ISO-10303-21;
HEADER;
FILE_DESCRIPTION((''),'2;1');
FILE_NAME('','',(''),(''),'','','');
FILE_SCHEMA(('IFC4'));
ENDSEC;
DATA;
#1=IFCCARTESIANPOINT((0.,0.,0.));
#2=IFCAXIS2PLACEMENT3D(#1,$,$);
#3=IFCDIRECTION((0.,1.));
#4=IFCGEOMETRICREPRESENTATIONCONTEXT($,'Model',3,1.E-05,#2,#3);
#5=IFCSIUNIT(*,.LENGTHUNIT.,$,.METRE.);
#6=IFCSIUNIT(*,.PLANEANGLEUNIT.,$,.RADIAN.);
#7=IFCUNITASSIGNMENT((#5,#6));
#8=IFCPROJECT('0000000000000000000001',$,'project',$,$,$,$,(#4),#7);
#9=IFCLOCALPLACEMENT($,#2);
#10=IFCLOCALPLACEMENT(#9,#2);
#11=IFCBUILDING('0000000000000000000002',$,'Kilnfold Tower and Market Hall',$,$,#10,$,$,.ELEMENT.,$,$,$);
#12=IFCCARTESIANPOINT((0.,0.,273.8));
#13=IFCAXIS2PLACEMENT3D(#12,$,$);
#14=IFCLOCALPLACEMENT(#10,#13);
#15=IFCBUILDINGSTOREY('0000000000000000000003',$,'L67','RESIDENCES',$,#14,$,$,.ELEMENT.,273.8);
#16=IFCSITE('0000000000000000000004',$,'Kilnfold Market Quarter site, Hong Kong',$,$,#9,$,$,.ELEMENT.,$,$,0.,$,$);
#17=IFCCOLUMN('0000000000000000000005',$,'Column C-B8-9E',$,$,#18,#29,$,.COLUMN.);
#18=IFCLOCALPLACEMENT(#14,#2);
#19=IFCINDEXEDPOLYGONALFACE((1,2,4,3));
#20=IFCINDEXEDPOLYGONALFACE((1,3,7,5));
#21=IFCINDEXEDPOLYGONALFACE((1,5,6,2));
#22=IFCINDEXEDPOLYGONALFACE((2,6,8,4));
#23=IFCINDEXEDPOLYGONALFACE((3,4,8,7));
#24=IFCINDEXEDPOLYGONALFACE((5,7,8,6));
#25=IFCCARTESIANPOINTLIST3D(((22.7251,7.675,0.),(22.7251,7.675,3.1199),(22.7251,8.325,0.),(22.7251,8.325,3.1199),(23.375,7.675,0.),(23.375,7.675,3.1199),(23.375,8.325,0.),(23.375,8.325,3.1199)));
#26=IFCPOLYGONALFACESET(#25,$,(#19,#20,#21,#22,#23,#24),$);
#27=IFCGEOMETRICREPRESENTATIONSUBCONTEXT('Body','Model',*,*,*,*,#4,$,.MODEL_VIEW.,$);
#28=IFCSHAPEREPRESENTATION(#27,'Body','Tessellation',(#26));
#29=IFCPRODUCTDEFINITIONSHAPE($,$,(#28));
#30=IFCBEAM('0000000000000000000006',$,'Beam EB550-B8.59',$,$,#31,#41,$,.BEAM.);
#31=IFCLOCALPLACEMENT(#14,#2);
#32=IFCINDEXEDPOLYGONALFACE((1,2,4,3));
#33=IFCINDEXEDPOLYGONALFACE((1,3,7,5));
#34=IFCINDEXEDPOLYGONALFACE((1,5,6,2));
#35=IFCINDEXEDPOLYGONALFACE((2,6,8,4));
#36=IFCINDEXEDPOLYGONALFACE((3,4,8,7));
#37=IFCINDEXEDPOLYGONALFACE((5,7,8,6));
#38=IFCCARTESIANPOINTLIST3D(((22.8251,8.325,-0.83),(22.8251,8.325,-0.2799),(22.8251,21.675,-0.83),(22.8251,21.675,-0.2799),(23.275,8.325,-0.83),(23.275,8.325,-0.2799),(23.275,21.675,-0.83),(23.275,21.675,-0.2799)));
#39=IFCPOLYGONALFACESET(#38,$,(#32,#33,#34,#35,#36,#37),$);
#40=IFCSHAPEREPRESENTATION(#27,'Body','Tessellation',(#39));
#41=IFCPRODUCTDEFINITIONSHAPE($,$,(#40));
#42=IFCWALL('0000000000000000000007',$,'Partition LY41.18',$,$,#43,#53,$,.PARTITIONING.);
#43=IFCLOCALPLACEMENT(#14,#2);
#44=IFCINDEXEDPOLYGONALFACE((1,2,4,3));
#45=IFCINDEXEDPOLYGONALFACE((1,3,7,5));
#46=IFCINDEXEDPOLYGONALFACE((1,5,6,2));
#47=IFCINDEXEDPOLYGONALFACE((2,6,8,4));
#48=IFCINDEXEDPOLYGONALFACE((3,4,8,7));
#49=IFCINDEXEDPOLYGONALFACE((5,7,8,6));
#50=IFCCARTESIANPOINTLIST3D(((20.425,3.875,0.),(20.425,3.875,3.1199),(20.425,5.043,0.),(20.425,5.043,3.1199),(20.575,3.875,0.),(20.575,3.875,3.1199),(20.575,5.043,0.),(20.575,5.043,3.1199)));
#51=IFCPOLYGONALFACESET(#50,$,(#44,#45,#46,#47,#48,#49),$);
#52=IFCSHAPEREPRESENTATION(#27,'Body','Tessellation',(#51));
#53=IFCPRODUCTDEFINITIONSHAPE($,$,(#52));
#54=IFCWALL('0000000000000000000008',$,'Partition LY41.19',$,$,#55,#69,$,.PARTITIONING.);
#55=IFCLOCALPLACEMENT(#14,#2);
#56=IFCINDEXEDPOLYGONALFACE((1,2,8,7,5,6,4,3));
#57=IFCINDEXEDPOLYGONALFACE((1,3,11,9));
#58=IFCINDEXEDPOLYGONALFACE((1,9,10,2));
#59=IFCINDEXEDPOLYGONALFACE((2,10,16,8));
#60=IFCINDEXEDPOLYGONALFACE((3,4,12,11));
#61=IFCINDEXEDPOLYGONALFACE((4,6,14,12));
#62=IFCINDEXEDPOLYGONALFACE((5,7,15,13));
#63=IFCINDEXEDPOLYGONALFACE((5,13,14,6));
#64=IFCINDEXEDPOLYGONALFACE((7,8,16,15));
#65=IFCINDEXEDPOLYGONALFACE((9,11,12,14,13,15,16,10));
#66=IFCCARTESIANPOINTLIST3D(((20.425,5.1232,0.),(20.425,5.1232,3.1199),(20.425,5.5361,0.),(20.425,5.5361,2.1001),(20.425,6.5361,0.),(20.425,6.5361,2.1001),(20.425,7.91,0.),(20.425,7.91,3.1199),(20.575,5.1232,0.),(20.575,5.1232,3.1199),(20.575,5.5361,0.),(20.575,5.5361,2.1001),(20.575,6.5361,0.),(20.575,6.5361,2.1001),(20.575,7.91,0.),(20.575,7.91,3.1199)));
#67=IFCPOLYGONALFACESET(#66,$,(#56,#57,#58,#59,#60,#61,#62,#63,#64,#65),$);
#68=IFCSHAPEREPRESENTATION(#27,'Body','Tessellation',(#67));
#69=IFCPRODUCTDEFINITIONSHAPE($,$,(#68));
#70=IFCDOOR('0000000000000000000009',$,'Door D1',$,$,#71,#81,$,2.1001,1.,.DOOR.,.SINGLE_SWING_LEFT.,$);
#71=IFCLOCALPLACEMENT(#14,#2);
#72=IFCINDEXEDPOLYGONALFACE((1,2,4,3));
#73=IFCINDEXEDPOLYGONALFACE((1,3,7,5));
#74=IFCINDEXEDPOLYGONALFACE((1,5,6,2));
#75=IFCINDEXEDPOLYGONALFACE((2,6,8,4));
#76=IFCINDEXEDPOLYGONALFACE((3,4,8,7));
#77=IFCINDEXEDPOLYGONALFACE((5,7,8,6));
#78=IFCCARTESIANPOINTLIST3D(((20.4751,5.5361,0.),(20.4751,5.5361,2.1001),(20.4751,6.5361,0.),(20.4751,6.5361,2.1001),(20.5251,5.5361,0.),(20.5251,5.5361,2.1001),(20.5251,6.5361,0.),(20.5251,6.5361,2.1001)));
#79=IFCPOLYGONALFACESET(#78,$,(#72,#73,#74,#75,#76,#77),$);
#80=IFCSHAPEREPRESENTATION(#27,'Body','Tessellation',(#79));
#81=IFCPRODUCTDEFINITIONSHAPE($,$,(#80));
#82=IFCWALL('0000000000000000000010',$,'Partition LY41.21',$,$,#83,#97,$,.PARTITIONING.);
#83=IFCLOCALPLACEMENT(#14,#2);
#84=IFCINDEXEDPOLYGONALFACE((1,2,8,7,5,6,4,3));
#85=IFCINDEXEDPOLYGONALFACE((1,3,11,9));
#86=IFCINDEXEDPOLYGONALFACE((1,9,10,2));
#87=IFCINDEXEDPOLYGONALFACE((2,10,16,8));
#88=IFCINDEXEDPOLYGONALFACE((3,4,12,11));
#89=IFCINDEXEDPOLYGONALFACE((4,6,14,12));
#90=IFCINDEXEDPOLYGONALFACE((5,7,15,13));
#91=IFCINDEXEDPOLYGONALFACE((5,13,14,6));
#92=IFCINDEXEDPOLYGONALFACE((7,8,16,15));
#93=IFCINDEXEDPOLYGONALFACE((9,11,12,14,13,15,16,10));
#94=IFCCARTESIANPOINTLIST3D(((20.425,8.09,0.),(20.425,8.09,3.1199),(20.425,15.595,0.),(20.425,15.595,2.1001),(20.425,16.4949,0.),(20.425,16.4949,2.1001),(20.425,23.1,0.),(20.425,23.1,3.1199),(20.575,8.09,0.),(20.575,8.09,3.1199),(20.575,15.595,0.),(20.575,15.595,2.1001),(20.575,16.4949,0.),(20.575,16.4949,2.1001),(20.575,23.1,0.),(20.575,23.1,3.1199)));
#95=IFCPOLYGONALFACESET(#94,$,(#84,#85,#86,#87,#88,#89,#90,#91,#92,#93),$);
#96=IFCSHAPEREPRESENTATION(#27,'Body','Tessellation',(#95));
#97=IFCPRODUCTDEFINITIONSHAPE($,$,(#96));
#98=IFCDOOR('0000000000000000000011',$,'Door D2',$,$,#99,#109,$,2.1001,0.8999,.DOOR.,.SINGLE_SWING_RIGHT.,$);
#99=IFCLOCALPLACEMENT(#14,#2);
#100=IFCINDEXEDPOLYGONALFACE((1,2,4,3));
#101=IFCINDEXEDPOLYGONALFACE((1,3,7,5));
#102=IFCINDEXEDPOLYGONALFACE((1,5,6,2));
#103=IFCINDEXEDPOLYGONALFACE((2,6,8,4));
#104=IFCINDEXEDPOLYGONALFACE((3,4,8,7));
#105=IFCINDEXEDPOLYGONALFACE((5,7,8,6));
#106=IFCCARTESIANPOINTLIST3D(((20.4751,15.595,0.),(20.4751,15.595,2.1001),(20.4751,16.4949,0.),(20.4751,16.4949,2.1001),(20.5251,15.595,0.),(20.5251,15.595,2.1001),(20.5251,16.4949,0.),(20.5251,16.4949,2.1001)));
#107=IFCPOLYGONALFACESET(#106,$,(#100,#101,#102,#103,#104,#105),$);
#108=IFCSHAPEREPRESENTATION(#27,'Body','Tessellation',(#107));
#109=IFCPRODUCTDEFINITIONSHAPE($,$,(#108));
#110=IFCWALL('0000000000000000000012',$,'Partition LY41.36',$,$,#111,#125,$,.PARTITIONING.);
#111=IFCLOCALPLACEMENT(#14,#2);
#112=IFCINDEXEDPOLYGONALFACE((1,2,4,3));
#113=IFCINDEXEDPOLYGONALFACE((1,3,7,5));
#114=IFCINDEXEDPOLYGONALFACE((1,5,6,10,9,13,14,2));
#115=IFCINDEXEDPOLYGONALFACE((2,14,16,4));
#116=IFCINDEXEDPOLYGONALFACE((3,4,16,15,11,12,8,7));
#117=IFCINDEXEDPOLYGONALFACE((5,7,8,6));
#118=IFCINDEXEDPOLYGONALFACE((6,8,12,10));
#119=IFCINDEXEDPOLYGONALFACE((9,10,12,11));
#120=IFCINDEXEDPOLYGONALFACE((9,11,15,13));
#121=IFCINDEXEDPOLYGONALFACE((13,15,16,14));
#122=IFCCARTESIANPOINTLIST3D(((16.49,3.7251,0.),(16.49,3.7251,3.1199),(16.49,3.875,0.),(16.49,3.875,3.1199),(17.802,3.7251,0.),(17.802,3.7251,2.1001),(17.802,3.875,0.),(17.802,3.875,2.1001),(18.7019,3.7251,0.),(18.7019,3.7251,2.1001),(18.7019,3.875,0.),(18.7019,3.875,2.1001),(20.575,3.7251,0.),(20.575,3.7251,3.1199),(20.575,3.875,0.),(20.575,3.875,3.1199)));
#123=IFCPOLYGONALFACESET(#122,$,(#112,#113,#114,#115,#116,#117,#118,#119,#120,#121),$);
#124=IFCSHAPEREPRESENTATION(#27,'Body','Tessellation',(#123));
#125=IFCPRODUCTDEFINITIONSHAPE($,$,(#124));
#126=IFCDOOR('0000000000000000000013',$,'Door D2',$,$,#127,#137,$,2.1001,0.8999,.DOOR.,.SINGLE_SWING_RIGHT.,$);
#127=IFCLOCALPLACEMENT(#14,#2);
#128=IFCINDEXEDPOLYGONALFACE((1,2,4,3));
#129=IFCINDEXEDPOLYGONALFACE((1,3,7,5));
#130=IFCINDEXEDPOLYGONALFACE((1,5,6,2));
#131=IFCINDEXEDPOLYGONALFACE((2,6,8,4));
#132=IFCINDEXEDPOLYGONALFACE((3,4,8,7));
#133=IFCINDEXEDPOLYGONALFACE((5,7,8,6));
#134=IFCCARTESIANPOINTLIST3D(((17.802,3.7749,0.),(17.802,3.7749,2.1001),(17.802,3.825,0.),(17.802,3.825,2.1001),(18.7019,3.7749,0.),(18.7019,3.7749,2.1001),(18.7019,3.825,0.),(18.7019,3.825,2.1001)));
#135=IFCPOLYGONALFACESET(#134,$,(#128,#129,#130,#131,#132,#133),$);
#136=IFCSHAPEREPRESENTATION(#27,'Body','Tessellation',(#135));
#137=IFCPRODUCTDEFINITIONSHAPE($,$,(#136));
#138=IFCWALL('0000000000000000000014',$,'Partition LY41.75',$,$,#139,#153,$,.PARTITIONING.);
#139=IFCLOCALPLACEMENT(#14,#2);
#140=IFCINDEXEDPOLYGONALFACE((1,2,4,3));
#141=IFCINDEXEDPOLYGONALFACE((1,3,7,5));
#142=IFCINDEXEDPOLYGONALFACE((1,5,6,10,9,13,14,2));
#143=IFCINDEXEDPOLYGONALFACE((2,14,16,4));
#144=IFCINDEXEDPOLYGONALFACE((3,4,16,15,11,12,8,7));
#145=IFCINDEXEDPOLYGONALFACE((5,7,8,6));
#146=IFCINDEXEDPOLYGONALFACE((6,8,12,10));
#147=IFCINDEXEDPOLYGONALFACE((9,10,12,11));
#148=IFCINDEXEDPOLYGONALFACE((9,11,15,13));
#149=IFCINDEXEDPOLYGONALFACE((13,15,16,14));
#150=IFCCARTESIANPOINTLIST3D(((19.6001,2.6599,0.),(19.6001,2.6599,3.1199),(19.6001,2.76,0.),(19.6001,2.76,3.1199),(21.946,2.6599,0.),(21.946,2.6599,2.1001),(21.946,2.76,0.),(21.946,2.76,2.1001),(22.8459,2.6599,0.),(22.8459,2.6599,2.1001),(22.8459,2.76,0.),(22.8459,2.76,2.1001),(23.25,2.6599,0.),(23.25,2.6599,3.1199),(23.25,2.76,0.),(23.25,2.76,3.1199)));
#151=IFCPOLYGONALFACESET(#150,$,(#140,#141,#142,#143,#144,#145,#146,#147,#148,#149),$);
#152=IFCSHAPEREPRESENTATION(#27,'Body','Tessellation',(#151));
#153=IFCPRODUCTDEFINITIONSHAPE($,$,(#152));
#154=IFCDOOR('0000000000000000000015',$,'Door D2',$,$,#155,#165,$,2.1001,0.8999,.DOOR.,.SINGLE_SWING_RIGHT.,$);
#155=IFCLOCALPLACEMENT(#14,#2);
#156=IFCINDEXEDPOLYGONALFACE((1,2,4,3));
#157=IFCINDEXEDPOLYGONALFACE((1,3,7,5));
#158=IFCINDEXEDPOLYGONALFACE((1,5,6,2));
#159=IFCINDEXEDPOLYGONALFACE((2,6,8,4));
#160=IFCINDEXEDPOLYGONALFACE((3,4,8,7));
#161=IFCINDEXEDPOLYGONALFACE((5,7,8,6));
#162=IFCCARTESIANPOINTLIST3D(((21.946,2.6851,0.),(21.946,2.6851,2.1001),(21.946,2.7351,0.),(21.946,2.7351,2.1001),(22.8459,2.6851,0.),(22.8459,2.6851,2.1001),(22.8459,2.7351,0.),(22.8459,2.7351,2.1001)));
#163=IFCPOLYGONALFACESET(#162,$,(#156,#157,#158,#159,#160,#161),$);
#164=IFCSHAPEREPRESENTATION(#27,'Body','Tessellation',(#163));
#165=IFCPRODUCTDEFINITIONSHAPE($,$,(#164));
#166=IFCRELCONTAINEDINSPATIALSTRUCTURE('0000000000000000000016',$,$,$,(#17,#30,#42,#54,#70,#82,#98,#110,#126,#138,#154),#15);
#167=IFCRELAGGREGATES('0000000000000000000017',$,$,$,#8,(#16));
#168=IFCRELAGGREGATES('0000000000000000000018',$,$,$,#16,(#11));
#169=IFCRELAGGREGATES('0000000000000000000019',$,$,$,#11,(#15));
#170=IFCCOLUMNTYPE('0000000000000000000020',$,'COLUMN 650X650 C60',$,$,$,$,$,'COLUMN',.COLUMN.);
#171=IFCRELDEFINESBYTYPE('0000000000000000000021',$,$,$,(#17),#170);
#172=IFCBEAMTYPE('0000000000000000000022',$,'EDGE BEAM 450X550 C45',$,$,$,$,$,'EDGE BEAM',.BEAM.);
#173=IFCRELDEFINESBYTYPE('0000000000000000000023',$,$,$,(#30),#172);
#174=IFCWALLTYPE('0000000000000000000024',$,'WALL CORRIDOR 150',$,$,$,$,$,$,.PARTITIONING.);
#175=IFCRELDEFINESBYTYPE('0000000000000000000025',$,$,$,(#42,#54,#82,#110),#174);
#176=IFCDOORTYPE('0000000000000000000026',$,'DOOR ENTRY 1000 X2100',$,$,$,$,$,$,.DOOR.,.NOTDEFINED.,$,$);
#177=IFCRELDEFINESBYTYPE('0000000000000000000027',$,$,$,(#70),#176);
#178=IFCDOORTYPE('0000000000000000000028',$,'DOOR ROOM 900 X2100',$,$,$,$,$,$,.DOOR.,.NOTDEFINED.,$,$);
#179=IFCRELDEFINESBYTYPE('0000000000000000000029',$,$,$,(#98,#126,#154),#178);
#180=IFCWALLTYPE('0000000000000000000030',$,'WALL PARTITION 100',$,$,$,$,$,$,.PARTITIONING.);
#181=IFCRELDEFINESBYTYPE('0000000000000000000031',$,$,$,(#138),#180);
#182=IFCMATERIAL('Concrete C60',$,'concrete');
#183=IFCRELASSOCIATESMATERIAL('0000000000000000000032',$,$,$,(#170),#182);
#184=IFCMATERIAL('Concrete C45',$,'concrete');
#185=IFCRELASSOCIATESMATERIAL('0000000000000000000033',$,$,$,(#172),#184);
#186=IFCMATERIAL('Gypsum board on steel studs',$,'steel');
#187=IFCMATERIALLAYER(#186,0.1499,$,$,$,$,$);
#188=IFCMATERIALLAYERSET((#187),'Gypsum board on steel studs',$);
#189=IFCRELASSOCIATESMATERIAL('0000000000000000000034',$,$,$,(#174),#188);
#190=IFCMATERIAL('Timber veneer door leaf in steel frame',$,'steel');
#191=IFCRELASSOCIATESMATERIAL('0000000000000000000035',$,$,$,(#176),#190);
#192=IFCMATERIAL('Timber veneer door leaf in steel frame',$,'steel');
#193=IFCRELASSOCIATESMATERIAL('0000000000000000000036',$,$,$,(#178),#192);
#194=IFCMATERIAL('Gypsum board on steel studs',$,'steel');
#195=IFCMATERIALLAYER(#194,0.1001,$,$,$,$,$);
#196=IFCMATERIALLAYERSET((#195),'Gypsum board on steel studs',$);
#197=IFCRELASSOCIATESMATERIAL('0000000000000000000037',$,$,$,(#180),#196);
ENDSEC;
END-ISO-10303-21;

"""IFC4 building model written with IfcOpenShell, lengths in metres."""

from ifc_helpers import new_model, si_unit, direction, frame, frame_2d, origin, origin_2d, place, context, subcontext, project, spatial, rectangle, extrude, source, transform, mapped, material, layer, layer_set, material_profile, profile_set, type_object, element, fill, save


model = new_model("IFC4")

# Units and contexts
model_context = context("Model", 3, precision=1e-05, world=origin(), true_north=direction((0.0, 1.0)))
body_context = subcontext(model_context, "Body", "Model", "MODEL_VIEW")
ifc_project = project(units=[si_unit("LENGTHUNIT", "METRE"), si_unit("PLANEANGLEUNIT", "RADIAN")], contexts=[model_context])

# Site, building, storey
site_placement = place(None, origin())
site = spatial("IfcSite", under=ifc_project, at=site_placement, Name="Kilnfold Market Quarter site, Hong Kong", CompositionType="ELEMENT", RefElevation=0.0)
building_placement = place(site_placement, origin())
building = spatial("IfcBuilding", under=site, at=building_placement, Name="Kilnfold Tower and Market Hall", CompositionType="ELEMENT")
storey_placement = place(building_placement, frame((0.0, 0.0, 273.8)))
storey = spatial("IfcBuildingStorey", under=building, at=storey_placement, Name="L67", Description="RESIDENCES", CompositionType="ELEMENT", Elevation=273.8)

# Column
ifc_material_1 = material(Name="Concrete C60", Category="concrete")
ifc_material_profile_1 = material_profile(ifc_material_1, rectangle(XDim=0.6499, YDim=0.6499, at=origin_2d()), Name="RC 650x650")
ifc_profile_set_1 = profile_set([ifc_material_profile_1], Name="Concrete C60")
column_type = type_object("IfcColumnType", Name="COLUMN 650X650 C60", ElementType="COLUMN", PredefinedType="COLUMN", material=ifc_profile_set_1)
shared_shape_1 = source(origin(), body_context, "Body", "SweptSolid", [
    extrude(rectangle(XDim=0.6499, YDim=0.6499, at=origin_2d()), origin(), (0.0, 0.0, 1.0), 3.1199),
])
column_placement = place(storey_placement, frame((23.05, 8.0, 0.0), z_axis=(0.0, 0.0, 1.0), x_axis=(1.0, 0.0, 0.0)))
element("IfcColumn", 1, at=column_placement, inside=storey, type_object=column_type, Name="Column C-B8-9E", PredefinedType="COLUMN", context=body_context, shape_type="MappedRepresentation", body=[
    mapped(shared_shape_1, transform((0.0, 0.0, 0.0))),
])

# Beam
ifc_material_2 = material(Name="Concrete C45", Category="concrete")
ifc_material_profile_2 = material_profile(ifc_material_2, rectangle(XDim=0.45, YDim=0.55, at=origin_2d()), Name="RC 450x550")
ifc_profile_set_2 = profile_set([ifc_material_profile_2], Name="Concrete C45")
beam_type = type_object("IfcBeamType", Name="EDGE BEAM 450X550 C45", ElementType="EDGE BEAM", PredefinedType="BEAM", material=ifc_profile_set_2)
shared_shape_2 = source(origin(), body_context, "Body", "SweptSolid", [
    extrude(rectangle(XDim=0.45, YDim=0.55, at=origin_2d()), origin(), (0.0, 0.0, 1.0), 13.3501),
])
beam_placement = place(storey_placement, frame((23.05, 8.325, -0.5549), z_axis=(0.0, 1.0, 0.0), x_axis=(-1.0, 0.0, 0.0)))
element("IfcBeam", 2, at=beam_placement, inside=storey, type_object=beam_type, Name="Beam EB550-B8.59", PredefinedType="BEAM", context=body_context, shape_type="MappedRepresentation", body=[
    mapped(shared_shape_2, transform((0.0, 0.0, 0.0))),
])

# Wall
ifc_material_3 = material(Name="Gypsum board on steel studs", Category="steel")
ifc_layer_1 = layer(ifc_material_3, 0.1499)
ifc_layer_set_1 = layer_set([ifc_layer_1], Name="Gypsum board on steel studs")
wall_type_1 = type_object("IfcWallType", Name="WALL CORRIDOR 150", PredefinedType="PARTITIONING", material=ifc_layer_set_1)
wall_1_placement = place(storey_placement, frame((20.5, 3.875, 0.0), z_axis=(0.0, 0.0, 1.0), x_axis=(0.0, 1.0, 0.0)))
element("IfcWall", 3, at=wall_1_placement, inside=storey, type_object=wall_type_1, Name="Partition LY41.18", PredefinedType="PARTITIONING", context=body_context, shape_type="SweptSolid", body=[
    extrude(rectangle(XDim=1.168, YDim=0.1499, at=frame_2d((0.584, 0.0))), origin(), (0.0, 0.0, 1.0), 3.1199),
])

# Walls, openings, doors
wall_2_placement = place(storey_placement, frame((20.5, 5.123, 0.0), z_axis=(0.0, 0.0, 1.0), x_axis=(0.0, 1.0, 0.0)))
wall_2 = element("IfcWall", 4, at=wall_2_placement, inside=storey, type_object=wall_type_1, Name="Partition LY41.19", PredefinedType="PARTITIONING", context=body_context, shape_type="SweptSolid", body=[
    extrude(rectangle(XDim=2.7869, YDim=0.1499, at=frame_2d((1.3936, 0.0))), origin(), (0.0, 0.0, 1.0), 3.1199),
])
opening_1_placement = place(wall_2_placement, frame((0.4131, 0.0, 0.0)))
opening_1 = element("IfcOpeningElement", 5, at=opening_1_placement, cuts=wall_2, PredefinedType="OPENING", context=body_context, shape_type="SweptSolid", body=[
    extrude(rectangle(XDim=1.0, YDim=2.1001, at=frame_2d((0.5, 1.05))), frame((0.0, 0.085, 0.0), z_axis=(0.0, -1.0, 0.0), x_axis=(1.0, 0.0, 0.0)), (0.0, 0.0, 1.0), 0.1699),
])
ifc_material_4 = material(Name="Timber veneer door leaf in steel frame", Category="steel")
door_type_1 = type_object("IfcDoorType", Name="DOOR ENTRY 1000 X2100", OperationType="NOTDEFINED", PredefinedType="DOOR", material=ifc_material_4)
door_1_placement = place(opening_1_placement, origin())
door_1 = element("IfcDoor", 6, at=door_1_placement, inside=storey, type_object=door_type_1, Name="Door D1", OperationType="SINGLE_SWING_LEFT", OverallHeight=2.1001, OverallWidth=1.0, PredefinedType="DOOR", context=body_context, shape_type="SweptSolid", body=[
    extrude(rectangle(XDim=1.0, YDim=2.1001, at=frame_2d((0.5, 1.05))), frame((0.0, 0.0249, 0.0), z_axis=(0.0, -1.0, 0.0), x_axis=(1.0, 0.0, 0.0)), (0.0, 0.0, 1.0), 0.05),
])
fill(opening_1, door_1)
wall_3_placement = place(storey_placement, frame((20.5, 8.0901, 0.0), z_axis=(0.0, 0.0, 1.0), x_axis=(0.0, 1.0, 0.0)))
wall_3 = element("IfcWall", 7, at=wall_3_placement, inside=storey, type_object=wall_type_1, Name="Partition LY41.21", PredefinedType="PARTITIONING", context=body_context, shape_type="SweptSolid", body=[
    extrude(rectangle(XDim=15.01, YDim=0.1499, at=frame_2d((7.5049, 0.0))), origin(), (0.0, 0.0, 1.0), 3.1199),
])
opening_2_placement = place(wall_3_placement, frame((7.5049, 0.0, 0.0)))
opening_2 = element("IfcOpeningElement", 8, at=opening_2_placement, cuts=wall_3, PredefinedType="OPENING", context=body_context, shape_type="SweptSolid", body=[
    extrude(rectangle(XDim=0.8999, YDim=2.1001, at=frame_2d((0.45, 1.05))), frame((0.0, 0.085, 0.0), z_axis=(0.0, -1.0, 0.0), x_axis=(1.0, 0.0, 0.0)), (0.0, 0.0, 1.0), 0.1699),
])
ifc_material_5 = material(Name="Timber veneer door leaf in steel frame", Category="steel")
door_type_2 = type_object("IfcDoorType", Name="DOOR ROOM 900 X2100", OperationType="NOTDEFINED", PredefinedType="DOOR", material=ifc_material_5)
door_2_placement = place(opening_2_placement, origin())
door_2 = element("IfcDoor", 9, at=door_2_placement, inside=storey, type_object=door_type_2, Name="Door D2", OperationType="SINGLE_SWING_RIGHT", OverallHeight=2.1001, OverallWidth=0.8999, PredefinedType="DOOR", context=body_context, shape_type="SweptSolid", body=[
    extrude(rectangle(XDim=0.8999, YDim=2.1001, at=frame_2d((0.45, 1.05))), frame((0.0, 0.0249, 0.0), z_axis=(0.0, -1.0, 0.0), x_axis=(1.0, 0.0, 0.0)), (0.0, 0.0, 1.0), 0.05),
])
fill(opening_2, door_2)
wall_4_placement = place(storey_placement, frame((16.49, 3.8, 0.0), z_axis=(0.0, 0.0, 1.0), x_axis=(1.0, 0.0, 0.0)))
wall_4 = element("IfcWall", 10, at=wall_4_placement, inside=storey, type_object=wall_type_1, Name="Partition LY41.36", PredefinedType="PARTITIONING", context=body_context, shape_type="SweptSolid", body=[
    extrude(rectangle(XDim=4.085, YDim=0.1499, at=frame_2d((2.0425, 0.0))), origin(), (0.0, 0.0, 1.0), 3.1199),
])
opening_3_placement = place(wall_4_placement, frame((1.312, 0.0, 0.0)))
opening_3 = element("IfcOpeningElement", 11, at=opening_3_placement, cuts=wall_4, PredefinedType="OPENING", context=body_context, shape_type="SweptSolid", body=[
    extrude(rectangle(XDim=0.8999, YDim=2.1001, at=frame_2d((0.45, 1.05))), frame((0.0, 0.085, 0.0), z_axis=(0.0, -1.0, 0.0), x_axis=(1.0, 0.0, 0.0)), (0.0, 0.0, 1.0), 0.1699),
])
door_3_placement = place(opening_3_placement, origin())
door_3 = element("IfcDoor", 12, at=door_3_placement, inside=storey, type_object=door_type_2, Name="Door D2", OperationType="SINGLE_SWING_RIGHT", OverallHeight=2.1001, OverallWidth=0.8999, PredefinedType="DOOR", context=body_context, shape_type="SweptSolid", body=[
    extrude(rectangle(XDim=0.8999, YDim=2.1001, at=frame_2d((0.45, 1.05))), frame((0.0, 0.0249, 0.0), z_axis=(0.0, -1.0, 0.0), x_axis=(1.0, 0.0, 0.0)), (0.0, 0.0, 1.0), 0.05),
])
fill(opening_3, door_3)
ifc_material_6 = material(Name="Gypsum board on steel studs", Category="steel")
ifc_layer_2 = layer(ifc_material_6, 0.1001)
ifc_layer_set_2 = layer_set([ifc_layer_2], Name="Gypsum board on steel studs")
wall_type_2 = type_object("IfcWallType", Name="WALL PARTITION 100", PredefinedType="PARTITIONING", material=ifc_layer_set_2)
wall_5_placement = place(storey_placement, frame((23.25, 2.71, 0.0), z_axis=(0.0, 0.0, 1.0), x_axis=(-1.0, 0.0, 0.0)))
wall_5 = element("IfcWall", 13, at=wall_5_placement, inside=storey, type_object=wall_type_2, Name="Partition LY41.75", PredefinedType="PARTITIONING", context=body_context, shape_type="SweptSolid", body=[
    extrude(rectangle(XDim=3.6499, YDim=0.1001, at=frame_2d((1.825, 0.0))), origin(), (0.0, 0.0, 1.0), 3.1199),
])
opening_4_placement = place(wall_5_placement, frame((0.4041, 0.0, 0.0)))
opening_4 = element("IfcOpeningElement", 14, at=opening_4_placement, cuts=wall_5, PredefinedType="OPENING", context=body_context, shape_type="SweptSolid", body=[
    extrude(rectangle(XDim=0.8999, YDim=2.1001, at=frame_2d((0.45, 1.05))), frame((0.0, 0.0601, 0.0), z_axis=(0.0, -1.0, 0.0), x_axis=(1.0, 0.0, 0.0)), (0.0, 0.0, 1.0), 0.1201),
])
door_4_placement = place(opening_4_placement, origin())
door_4 = element("IfcDoor", 15, at=door_4_placement, inside=storey, type_object=door_type_2, Name="Door D2", OperationType="SINGLE_SWING_RIGHT", OverallHeight=2.1001, OverallWidth=0.8999, PredefinedType="DOOR", context=body_context, shape_type="SweptSolid", body=[
    extrude(rectangle(XDim=0.8999, YDim=2.1001, at=frame_2d((0.45, 1.05))), frame((0.0, 0.0249, 0.0), z_axis=(0.0, -1.0, 0.0), x_axis=(1.0, 0.0, 0.0)), (0.0, 0.0, 1.0), 0.05),
])
fill(opening_4, door_4)

save(model, "model.ifc")
